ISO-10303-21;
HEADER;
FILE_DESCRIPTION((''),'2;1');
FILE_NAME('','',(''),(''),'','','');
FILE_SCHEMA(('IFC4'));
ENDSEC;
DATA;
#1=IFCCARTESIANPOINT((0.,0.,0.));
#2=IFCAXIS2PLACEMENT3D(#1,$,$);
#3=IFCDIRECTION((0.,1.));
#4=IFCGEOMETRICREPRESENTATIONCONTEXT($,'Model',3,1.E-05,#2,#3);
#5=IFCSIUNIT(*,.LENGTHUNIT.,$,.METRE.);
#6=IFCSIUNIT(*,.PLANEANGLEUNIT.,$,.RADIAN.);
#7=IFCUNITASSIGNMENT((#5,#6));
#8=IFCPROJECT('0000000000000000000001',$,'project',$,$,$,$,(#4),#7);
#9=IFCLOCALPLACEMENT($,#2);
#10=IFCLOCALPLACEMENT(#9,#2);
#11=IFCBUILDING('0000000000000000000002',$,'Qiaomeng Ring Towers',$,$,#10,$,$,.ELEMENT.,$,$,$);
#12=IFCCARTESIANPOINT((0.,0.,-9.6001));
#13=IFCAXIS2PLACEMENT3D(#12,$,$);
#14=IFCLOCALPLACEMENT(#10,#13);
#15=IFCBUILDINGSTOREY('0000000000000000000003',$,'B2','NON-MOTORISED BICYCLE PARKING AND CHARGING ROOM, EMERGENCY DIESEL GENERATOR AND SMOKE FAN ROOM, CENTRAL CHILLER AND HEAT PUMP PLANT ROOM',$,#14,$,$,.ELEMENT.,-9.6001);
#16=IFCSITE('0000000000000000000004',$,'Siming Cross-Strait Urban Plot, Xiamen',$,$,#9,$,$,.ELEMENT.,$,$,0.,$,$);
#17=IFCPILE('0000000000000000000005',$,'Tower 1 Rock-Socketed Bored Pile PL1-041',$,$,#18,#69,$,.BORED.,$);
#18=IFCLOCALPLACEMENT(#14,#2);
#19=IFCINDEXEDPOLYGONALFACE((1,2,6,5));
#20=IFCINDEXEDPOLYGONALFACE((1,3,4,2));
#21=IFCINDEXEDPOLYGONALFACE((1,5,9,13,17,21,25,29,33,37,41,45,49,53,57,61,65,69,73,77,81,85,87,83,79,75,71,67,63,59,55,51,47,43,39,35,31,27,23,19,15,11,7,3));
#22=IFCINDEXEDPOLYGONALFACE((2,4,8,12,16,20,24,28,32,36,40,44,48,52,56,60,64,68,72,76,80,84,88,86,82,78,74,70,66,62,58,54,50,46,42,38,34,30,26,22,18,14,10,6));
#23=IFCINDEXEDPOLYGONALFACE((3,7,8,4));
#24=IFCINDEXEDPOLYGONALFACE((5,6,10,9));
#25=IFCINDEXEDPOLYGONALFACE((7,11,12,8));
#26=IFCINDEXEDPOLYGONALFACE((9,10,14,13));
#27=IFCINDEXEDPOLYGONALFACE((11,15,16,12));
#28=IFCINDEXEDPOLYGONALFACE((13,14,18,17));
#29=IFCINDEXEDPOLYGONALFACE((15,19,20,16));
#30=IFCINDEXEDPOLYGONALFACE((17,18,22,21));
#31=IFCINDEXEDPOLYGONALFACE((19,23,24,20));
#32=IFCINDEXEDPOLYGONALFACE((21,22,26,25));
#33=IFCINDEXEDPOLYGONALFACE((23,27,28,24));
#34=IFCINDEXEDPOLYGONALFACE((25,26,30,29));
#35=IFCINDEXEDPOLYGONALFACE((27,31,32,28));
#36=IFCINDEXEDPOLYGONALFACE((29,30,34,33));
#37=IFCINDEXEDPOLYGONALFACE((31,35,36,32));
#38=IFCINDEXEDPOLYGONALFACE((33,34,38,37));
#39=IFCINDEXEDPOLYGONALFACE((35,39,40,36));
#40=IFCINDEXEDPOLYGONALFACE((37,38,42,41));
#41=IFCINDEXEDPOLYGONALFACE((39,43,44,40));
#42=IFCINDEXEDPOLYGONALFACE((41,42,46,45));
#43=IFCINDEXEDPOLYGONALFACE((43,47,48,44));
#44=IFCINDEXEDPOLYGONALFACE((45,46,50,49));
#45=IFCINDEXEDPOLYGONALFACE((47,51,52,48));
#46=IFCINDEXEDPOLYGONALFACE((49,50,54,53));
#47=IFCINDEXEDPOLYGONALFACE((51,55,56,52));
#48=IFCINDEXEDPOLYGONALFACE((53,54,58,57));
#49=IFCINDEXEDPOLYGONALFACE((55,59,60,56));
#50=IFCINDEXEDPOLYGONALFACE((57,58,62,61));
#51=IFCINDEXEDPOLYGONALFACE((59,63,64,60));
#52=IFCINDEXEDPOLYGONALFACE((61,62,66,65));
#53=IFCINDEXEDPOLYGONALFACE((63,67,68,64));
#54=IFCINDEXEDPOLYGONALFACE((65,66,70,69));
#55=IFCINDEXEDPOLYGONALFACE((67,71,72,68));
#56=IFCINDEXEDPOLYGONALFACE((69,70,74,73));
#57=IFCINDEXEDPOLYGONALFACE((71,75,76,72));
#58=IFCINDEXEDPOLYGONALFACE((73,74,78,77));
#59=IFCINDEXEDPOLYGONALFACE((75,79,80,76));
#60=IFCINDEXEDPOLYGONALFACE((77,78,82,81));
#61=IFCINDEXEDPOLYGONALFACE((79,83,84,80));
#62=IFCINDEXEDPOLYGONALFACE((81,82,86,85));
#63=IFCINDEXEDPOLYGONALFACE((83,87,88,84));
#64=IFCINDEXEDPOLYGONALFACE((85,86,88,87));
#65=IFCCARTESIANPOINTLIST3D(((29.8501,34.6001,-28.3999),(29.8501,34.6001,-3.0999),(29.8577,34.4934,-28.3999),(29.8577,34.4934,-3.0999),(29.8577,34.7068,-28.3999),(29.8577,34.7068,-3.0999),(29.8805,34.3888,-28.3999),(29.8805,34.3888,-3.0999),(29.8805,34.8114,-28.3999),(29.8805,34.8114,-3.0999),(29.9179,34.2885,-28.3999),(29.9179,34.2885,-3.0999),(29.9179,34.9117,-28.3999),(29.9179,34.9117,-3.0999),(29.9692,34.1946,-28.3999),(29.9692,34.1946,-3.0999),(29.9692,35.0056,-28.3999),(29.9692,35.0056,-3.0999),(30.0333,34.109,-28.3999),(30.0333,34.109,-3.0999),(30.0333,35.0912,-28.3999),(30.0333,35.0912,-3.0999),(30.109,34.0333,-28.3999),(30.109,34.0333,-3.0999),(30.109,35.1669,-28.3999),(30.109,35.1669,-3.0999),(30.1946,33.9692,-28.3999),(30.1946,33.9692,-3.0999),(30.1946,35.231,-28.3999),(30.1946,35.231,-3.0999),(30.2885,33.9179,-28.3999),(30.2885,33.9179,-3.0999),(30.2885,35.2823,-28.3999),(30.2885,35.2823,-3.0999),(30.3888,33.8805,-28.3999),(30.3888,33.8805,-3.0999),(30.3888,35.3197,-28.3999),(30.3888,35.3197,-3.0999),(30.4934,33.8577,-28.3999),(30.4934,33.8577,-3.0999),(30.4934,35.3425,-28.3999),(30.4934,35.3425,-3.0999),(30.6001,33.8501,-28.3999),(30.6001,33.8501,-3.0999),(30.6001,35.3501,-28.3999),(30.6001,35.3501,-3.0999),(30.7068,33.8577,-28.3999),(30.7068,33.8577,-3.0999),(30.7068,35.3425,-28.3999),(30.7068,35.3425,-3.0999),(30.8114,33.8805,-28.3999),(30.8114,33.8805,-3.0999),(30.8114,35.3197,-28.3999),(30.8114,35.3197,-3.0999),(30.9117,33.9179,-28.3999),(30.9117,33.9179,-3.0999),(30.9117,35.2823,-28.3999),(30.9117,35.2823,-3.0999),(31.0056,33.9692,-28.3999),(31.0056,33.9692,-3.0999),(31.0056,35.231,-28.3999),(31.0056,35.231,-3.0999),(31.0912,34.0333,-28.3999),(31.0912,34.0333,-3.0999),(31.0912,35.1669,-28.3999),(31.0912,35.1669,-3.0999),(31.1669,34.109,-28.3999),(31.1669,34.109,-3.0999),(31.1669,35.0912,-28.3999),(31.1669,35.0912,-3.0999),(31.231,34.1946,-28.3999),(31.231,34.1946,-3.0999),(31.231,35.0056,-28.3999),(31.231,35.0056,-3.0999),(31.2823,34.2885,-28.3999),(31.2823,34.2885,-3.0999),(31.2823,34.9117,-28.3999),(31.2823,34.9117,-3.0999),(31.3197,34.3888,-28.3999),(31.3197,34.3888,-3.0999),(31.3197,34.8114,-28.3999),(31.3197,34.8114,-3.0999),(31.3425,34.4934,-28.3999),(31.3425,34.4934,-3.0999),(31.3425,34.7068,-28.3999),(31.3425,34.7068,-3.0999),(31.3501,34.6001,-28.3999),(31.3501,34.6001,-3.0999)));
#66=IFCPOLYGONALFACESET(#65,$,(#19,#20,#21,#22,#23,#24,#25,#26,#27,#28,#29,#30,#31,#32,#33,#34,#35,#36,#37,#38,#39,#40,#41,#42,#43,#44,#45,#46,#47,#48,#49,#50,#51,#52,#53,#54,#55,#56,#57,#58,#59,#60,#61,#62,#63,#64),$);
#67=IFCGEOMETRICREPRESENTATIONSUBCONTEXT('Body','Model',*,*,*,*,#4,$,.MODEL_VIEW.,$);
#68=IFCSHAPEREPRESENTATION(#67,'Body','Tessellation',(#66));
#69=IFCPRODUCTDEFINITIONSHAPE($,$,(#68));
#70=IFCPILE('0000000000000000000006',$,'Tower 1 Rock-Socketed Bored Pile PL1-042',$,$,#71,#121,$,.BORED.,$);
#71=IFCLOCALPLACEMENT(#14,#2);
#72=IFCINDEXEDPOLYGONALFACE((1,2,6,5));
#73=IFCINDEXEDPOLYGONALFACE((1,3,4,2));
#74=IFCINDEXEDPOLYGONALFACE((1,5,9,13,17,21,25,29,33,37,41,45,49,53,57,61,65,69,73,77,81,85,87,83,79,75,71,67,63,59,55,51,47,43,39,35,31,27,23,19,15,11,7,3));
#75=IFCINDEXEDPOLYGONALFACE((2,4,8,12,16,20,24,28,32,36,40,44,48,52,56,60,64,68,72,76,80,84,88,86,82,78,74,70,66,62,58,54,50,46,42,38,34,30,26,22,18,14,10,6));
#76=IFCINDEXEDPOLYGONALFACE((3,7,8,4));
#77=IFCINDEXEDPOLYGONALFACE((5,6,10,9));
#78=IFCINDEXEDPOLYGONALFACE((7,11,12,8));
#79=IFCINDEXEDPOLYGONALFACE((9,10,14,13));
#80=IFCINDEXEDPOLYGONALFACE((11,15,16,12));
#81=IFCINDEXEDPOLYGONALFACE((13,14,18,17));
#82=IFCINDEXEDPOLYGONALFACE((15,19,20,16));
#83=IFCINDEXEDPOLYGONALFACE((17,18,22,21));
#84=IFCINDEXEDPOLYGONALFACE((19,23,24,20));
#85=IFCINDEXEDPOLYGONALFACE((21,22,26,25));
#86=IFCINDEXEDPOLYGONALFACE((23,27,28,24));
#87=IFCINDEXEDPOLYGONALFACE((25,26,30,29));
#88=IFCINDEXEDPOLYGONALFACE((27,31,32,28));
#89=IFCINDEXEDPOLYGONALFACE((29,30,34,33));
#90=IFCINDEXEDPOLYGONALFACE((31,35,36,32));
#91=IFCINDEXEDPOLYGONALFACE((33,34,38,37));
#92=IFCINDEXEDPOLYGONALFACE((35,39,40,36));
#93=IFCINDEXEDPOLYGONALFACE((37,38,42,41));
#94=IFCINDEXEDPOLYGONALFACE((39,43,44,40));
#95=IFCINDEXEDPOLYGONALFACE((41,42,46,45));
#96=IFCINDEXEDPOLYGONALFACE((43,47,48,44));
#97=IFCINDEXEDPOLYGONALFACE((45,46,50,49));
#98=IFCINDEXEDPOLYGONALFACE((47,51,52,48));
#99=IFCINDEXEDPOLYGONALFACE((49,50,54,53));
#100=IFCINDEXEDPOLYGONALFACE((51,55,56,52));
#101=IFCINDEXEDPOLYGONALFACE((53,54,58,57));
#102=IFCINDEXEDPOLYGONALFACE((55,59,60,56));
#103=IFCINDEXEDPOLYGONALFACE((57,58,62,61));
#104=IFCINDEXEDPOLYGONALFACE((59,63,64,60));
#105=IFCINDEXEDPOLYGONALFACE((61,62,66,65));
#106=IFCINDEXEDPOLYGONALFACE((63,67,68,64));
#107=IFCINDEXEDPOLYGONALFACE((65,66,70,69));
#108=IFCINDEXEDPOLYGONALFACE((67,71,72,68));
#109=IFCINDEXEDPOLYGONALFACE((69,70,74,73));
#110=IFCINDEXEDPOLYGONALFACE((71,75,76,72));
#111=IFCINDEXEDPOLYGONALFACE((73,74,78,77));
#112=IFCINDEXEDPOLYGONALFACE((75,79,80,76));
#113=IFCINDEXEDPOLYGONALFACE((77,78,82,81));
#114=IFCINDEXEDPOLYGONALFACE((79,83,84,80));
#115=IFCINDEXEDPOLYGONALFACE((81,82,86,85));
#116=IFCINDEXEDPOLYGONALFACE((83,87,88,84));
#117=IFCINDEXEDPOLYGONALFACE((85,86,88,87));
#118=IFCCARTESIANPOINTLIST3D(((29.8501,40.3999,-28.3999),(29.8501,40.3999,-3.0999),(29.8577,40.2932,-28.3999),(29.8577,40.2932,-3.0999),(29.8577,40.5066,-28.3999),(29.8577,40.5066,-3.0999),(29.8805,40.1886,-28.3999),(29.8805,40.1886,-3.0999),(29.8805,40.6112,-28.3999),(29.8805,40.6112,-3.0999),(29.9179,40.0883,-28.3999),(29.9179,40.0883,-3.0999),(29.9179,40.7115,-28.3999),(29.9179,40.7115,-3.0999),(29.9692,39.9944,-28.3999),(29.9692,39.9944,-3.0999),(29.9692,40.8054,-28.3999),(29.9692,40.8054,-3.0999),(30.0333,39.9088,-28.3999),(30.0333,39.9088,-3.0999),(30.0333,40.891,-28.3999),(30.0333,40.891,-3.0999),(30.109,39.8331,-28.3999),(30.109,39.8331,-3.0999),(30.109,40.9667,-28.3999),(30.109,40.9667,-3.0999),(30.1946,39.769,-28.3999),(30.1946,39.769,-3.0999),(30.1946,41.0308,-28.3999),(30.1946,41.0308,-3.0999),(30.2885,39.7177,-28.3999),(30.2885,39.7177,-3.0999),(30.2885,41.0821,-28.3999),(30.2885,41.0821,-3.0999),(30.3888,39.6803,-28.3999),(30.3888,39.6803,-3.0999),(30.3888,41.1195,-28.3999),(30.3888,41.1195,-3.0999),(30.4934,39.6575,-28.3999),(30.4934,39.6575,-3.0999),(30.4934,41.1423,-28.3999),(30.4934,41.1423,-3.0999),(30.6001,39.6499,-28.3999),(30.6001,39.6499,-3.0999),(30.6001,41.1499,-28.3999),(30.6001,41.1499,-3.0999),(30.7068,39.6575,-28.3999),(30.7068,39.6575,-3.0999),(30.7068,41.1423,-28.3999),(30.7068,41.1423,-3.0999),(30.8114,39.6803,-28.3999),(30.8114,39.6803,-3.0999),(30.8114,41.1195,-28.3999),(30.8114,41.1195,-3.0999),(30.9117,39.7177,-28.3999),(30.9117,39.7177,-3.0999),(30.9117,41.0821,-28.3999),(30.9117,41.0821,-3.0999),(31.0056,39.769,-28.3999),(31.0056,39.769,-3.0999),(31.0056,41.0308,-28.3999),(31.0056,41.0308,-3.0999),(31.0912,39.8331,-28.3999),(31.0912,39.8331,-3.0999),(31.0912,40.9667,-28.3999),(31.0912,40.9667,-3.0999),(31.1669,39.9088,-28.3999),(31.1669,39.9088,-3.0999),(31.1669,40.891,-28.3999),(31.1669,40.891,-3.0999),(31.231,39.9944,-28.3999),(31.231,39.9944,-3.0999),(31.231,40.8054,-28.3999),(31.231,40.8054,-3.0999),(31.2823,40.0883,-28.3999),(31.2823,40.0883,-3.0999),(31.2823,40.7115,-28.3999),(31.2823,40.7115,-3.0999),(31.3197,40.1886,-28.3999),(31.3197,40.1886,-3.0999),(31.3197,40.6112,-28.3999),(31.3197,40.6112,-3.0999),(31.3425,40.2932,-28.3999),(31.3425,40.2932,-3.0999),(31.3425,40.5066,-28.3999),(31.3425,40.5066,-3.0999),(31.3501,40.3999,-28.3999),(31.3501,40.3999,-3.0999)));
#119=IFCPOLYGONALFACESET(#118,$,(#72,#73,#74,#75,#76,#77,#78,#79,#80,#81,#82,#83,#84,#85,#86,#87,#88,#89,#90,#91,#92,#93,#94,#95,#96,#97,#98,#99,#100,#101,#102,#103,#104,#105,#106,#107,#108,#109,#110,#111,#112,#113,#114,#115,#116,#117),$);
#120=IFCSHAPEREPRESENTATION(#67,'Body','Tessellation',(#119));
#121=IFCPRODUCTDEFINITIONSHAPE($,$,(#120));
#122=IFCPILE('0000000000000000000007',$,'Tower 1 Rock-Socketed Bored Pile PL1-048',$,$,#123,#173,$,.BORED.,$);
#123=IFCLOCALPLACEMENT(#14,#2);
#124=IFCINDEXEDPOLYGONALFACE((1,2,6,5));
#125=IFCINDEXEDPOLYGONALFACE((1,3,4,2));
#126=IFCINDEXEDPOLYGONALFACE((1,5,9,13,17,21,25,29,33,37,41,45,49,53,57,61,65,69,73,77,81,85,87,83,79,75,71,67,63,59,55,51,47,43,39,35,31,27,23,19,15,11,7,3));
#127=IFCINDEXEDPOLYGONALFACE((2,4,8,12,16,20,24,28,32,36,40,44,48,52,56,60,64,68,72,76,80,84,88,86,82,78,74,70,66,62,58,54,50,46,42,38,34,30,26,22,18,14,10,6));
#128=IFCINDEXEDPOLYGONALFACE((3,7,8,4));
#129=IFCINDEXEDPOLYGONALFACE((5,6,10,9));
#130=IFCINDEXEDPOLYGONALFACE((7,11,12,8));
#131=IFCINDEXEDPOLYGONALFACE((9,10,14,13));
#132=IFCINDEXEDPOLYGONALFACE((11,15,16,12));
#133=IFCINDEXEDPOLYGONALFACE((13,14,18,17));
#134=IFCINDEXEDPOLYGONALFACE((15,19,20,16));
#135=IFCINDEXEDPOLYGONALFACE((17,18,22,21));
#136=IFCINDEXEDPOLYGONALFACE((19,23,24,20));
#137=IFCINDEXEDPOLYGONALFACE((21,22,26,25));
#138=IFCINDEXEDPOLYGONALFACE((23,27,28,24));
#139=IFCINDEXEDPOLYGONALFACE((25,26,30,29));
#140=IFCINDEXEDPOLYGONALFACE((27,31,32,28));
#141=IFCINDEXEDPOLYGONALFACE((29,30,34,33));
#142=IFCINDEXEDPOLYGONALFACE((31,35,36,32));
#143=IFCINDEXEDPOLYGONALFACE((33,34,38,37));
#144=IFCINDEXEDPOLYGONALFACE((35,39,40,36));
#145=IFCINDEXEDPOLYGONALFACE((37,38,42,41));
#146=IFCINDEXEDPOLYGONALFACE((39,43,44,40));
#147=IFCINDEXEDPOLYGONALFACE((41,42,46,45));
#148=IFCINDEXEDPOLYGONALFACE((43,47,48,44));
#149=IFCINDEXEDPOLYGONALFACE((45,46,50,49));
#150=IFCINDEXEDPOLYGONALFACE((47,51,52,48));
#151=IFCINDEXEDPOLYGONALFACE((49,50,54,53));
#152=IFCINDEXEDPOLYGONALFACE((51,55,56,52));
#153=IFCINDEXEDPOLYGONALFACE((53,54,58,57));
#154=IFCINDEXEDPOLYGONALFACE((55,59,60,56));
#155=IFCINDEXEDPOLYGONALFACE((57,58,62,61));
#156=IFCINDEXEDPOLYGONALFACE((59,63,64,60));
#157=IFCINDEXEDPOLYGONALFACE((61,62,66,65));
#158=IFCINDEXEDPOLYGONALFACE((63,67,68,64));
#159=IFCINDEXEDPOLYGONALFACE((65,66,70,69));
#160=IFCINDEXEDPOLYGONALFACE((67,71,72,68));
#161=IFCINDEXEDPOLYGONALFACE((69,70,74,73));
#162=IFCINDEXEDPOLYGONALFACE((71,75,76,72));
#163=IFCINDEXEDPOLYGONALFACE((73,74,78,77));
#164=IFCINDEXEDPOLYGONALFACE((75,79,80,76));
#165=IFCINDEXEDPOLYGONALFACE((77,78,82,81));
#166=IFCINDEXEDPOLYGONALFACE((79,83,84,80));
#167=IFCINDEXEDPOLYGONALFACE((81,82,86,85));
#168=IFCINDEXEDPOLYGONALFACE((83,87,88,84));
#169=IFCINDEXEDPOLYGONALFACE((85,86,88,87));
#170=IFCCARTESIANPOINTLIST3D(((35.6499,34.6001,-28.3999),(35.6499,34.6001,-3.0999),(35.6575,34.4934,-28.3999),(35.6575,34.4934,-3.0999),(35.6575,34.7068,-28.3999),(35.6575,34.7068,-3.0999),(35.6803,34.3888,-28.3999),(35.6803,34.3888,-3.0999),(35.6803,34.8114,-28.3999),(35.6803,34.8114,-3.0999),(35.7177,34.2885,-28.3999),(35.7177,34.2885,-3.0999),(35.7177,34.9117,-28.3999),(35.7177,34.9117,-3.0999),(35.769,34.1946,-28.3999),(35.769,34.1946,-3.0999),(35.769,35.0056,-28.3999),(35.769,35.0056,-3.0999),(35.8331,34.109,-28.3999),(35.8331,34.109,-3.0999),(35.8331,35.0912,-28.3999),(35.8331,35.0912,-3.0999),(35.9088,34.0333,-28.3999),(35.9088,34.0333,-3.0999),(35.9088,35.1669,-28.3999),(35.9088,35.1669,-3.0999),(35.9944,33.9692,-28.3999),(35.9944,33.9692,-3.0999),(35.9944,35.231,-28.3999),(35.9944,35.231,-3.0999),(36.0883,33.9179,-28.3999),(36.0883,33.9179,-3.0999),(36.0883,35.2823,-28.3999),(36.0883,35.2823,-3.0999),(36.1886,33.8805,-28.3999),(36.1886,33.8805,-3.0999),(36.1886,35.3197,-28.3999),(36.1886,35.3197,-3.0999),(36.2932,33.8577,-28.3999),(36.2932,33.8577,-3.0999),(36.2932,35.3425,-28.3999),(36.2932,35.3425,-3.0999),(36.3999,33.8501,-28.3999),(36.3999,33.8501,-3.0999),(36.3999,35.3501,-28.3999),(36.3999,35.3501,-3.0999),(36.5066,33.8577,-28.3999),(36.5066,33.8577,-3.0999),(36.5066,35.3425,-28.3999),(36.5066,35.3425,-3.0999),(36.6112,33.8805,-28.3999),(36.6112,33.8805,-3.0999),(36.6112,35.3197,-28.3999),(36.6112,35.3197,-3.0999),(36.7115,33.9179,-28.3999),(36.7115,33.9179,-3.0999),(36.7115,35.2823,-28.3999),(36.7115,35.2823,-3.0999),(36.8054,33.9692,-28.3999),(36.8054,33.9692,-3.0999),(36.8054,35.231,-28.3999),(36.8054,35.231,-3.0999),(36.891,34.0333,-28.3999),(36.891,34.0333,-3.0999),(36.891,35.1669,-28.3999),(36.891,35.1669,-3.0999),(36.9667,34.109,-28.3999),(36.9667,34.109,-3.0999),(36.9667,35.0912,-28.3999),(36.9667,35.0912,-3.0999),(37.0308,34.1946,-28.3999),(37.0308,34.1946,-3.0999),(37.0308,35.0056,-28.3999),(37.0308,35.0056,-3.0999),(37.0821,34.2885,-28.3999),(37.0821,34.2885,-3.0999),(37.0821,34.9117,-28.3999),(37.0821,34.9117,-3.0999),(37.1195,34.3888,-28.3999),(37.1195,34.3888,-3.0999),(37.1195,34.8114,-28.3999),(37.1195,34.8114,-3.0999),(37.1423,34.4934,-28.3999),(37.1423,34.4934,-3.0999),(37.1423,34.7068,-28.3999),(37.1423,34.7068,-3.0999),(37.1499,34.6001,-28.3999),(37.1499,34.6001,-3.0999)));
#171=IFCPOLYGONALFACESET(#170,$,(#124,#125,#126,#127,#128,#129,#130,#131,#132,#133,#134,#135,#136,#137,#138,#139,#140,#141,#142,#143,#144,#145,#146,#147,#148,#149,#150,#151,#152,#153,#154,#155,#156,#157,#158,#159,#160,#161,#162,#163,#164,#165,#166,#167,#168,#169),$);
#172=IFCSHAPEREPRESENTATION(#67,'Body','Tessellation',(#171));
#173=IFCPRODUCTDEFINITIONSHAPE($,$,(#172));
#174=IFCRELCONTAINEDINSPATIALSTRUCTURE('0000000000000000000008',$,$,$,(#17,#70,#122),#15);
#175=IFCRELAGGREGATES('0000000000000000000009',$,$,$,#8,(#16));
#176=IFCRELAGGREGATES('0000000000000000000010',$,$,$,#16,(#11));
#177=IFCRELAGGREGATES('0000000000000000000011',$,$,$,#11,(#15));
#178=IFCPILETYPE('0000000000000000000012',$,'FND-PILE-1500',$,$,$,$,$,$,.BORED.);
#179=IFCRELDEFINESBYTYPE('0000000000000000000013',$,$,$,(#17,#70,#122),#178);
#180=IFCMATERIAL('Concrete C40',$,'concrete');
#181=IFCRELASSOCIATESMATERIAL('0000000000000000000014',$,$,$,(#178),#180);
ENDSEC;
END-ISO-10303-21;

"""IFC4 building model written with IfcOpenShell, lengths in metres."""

from ifc_helpers import new_model, si_unit, direction, frame, origin, origin_2d, place, context, subcontext, project, spatial, circle, extrude, source, transform, mapped, material, material_profile, profile_set, type_object, element, save


model = new_model("IFC4")

# Units and contexts
model_context = context("Model", 3, precision=1e-05, world=origin(), true_north=direction((0.0, 1.0)))
body_context = subcontext(model_context, "Body", "Model", "MODEL_VIEW")
ifc_project = project(units=[si_unit("LENGTHUNIT", "METRE"), si_unit("PLANEANGLEUNIT", "RADIAN")], contexts=[model_context])

# Site, building, storey
site_placement = place(None, origin())
site = spatial("IfcSite", under=ifc_project, at=site_placement, Name="Siming Cross-Strait Urban Plot, Xiamen", CompositionType="ELEMENT", RefElevation=0.0)
building_placement = place(site_placement, origin())
building = spatial("IfcBuilding", under=site, at=building_placement, Name="Qiaomeng Ring Towers", CompositionType="ELEMENT")
storey_placement = place(building_placement, frame((0.0, 0.0, -9.6001)))
storey = spatial("IfcBuildingStorey", under=building, at=storey_placement, Name="B2", Description="NON-MOTORISED BICYCLE PARKING AND CHARGING ROOM, EMERGENCY DIESEL GENERATOR AND SMOKE FAN ROOM, CENTRAL CHILLER AND HEAT PUMP PLANT ROOM", CompositionType="ELEMENT", Elevation=-9.6001)

# Piles
ifc_material_1 = material(Name="Concrete C40", Category="concrete")
ifc_material_profile_1 = material_profile(ifc_material_1, circle(Radius=0.75, at=origin_2d()), Name="BORED PILE 1500")
ifc_profile_set_1 = profile_set([ifc_material_profile_1], Name="Concrete C40")
pile_type_1 = type_object("IfcPileType", Name="FND-PILE-1500", PredefinedType="BORED", material=ifc_profile_set_1)
shared_shape_1 = source(origin(), body_context, "Body", "SweptSolid", [
    extrude(circle(Radius=0.75, at=origin_2d()), origin(), (0.0, 0.0, 1.0), 25.3),
])
for number, where, z_axis, x_axis, name in (
    (1, (30.6001, 34.6001, -3.0999), (0.0, 0.0, -1.0), (1.0, 0.0, 0.0), "Tower 1 Rock-Socketed Bored Pile PL1-041"),
    (2, (30.6001, 40.3999, -3.0999), (0.0, 0.0, -1.0), (1.0, 0.0, 0.0), "Tower 1 Rock-Socketed Bored Pile PL1-042"),
    (3, (36.3999, 34.6001, -3.0999), (0.0, 0.0, -1.0), (1.0, 0.0, 0.0), "Tower 1 Rock-Socketed Bored Pile PL1-048"),
):
    element("IfcPile", number, at=place(storey_placement, frame(where, z_axis=z_axis, x_axis=x_axis)), inside=storey, type_object=pile_type_1, Name=name, PredefinedType="BORED", context=body_context, shape_type="MappedRepresentation", body=[
        mapped(shared_shape_1, transform((0.0, 0.0, 0.0), x_axis=(1.0, 0.0, 0.0), y_axis=(0.0, 1.0, 0.0), z_axis=(0.0, 0.0, 1.0), scale=1.0)),
    ])

save(model, "model.ifc")
